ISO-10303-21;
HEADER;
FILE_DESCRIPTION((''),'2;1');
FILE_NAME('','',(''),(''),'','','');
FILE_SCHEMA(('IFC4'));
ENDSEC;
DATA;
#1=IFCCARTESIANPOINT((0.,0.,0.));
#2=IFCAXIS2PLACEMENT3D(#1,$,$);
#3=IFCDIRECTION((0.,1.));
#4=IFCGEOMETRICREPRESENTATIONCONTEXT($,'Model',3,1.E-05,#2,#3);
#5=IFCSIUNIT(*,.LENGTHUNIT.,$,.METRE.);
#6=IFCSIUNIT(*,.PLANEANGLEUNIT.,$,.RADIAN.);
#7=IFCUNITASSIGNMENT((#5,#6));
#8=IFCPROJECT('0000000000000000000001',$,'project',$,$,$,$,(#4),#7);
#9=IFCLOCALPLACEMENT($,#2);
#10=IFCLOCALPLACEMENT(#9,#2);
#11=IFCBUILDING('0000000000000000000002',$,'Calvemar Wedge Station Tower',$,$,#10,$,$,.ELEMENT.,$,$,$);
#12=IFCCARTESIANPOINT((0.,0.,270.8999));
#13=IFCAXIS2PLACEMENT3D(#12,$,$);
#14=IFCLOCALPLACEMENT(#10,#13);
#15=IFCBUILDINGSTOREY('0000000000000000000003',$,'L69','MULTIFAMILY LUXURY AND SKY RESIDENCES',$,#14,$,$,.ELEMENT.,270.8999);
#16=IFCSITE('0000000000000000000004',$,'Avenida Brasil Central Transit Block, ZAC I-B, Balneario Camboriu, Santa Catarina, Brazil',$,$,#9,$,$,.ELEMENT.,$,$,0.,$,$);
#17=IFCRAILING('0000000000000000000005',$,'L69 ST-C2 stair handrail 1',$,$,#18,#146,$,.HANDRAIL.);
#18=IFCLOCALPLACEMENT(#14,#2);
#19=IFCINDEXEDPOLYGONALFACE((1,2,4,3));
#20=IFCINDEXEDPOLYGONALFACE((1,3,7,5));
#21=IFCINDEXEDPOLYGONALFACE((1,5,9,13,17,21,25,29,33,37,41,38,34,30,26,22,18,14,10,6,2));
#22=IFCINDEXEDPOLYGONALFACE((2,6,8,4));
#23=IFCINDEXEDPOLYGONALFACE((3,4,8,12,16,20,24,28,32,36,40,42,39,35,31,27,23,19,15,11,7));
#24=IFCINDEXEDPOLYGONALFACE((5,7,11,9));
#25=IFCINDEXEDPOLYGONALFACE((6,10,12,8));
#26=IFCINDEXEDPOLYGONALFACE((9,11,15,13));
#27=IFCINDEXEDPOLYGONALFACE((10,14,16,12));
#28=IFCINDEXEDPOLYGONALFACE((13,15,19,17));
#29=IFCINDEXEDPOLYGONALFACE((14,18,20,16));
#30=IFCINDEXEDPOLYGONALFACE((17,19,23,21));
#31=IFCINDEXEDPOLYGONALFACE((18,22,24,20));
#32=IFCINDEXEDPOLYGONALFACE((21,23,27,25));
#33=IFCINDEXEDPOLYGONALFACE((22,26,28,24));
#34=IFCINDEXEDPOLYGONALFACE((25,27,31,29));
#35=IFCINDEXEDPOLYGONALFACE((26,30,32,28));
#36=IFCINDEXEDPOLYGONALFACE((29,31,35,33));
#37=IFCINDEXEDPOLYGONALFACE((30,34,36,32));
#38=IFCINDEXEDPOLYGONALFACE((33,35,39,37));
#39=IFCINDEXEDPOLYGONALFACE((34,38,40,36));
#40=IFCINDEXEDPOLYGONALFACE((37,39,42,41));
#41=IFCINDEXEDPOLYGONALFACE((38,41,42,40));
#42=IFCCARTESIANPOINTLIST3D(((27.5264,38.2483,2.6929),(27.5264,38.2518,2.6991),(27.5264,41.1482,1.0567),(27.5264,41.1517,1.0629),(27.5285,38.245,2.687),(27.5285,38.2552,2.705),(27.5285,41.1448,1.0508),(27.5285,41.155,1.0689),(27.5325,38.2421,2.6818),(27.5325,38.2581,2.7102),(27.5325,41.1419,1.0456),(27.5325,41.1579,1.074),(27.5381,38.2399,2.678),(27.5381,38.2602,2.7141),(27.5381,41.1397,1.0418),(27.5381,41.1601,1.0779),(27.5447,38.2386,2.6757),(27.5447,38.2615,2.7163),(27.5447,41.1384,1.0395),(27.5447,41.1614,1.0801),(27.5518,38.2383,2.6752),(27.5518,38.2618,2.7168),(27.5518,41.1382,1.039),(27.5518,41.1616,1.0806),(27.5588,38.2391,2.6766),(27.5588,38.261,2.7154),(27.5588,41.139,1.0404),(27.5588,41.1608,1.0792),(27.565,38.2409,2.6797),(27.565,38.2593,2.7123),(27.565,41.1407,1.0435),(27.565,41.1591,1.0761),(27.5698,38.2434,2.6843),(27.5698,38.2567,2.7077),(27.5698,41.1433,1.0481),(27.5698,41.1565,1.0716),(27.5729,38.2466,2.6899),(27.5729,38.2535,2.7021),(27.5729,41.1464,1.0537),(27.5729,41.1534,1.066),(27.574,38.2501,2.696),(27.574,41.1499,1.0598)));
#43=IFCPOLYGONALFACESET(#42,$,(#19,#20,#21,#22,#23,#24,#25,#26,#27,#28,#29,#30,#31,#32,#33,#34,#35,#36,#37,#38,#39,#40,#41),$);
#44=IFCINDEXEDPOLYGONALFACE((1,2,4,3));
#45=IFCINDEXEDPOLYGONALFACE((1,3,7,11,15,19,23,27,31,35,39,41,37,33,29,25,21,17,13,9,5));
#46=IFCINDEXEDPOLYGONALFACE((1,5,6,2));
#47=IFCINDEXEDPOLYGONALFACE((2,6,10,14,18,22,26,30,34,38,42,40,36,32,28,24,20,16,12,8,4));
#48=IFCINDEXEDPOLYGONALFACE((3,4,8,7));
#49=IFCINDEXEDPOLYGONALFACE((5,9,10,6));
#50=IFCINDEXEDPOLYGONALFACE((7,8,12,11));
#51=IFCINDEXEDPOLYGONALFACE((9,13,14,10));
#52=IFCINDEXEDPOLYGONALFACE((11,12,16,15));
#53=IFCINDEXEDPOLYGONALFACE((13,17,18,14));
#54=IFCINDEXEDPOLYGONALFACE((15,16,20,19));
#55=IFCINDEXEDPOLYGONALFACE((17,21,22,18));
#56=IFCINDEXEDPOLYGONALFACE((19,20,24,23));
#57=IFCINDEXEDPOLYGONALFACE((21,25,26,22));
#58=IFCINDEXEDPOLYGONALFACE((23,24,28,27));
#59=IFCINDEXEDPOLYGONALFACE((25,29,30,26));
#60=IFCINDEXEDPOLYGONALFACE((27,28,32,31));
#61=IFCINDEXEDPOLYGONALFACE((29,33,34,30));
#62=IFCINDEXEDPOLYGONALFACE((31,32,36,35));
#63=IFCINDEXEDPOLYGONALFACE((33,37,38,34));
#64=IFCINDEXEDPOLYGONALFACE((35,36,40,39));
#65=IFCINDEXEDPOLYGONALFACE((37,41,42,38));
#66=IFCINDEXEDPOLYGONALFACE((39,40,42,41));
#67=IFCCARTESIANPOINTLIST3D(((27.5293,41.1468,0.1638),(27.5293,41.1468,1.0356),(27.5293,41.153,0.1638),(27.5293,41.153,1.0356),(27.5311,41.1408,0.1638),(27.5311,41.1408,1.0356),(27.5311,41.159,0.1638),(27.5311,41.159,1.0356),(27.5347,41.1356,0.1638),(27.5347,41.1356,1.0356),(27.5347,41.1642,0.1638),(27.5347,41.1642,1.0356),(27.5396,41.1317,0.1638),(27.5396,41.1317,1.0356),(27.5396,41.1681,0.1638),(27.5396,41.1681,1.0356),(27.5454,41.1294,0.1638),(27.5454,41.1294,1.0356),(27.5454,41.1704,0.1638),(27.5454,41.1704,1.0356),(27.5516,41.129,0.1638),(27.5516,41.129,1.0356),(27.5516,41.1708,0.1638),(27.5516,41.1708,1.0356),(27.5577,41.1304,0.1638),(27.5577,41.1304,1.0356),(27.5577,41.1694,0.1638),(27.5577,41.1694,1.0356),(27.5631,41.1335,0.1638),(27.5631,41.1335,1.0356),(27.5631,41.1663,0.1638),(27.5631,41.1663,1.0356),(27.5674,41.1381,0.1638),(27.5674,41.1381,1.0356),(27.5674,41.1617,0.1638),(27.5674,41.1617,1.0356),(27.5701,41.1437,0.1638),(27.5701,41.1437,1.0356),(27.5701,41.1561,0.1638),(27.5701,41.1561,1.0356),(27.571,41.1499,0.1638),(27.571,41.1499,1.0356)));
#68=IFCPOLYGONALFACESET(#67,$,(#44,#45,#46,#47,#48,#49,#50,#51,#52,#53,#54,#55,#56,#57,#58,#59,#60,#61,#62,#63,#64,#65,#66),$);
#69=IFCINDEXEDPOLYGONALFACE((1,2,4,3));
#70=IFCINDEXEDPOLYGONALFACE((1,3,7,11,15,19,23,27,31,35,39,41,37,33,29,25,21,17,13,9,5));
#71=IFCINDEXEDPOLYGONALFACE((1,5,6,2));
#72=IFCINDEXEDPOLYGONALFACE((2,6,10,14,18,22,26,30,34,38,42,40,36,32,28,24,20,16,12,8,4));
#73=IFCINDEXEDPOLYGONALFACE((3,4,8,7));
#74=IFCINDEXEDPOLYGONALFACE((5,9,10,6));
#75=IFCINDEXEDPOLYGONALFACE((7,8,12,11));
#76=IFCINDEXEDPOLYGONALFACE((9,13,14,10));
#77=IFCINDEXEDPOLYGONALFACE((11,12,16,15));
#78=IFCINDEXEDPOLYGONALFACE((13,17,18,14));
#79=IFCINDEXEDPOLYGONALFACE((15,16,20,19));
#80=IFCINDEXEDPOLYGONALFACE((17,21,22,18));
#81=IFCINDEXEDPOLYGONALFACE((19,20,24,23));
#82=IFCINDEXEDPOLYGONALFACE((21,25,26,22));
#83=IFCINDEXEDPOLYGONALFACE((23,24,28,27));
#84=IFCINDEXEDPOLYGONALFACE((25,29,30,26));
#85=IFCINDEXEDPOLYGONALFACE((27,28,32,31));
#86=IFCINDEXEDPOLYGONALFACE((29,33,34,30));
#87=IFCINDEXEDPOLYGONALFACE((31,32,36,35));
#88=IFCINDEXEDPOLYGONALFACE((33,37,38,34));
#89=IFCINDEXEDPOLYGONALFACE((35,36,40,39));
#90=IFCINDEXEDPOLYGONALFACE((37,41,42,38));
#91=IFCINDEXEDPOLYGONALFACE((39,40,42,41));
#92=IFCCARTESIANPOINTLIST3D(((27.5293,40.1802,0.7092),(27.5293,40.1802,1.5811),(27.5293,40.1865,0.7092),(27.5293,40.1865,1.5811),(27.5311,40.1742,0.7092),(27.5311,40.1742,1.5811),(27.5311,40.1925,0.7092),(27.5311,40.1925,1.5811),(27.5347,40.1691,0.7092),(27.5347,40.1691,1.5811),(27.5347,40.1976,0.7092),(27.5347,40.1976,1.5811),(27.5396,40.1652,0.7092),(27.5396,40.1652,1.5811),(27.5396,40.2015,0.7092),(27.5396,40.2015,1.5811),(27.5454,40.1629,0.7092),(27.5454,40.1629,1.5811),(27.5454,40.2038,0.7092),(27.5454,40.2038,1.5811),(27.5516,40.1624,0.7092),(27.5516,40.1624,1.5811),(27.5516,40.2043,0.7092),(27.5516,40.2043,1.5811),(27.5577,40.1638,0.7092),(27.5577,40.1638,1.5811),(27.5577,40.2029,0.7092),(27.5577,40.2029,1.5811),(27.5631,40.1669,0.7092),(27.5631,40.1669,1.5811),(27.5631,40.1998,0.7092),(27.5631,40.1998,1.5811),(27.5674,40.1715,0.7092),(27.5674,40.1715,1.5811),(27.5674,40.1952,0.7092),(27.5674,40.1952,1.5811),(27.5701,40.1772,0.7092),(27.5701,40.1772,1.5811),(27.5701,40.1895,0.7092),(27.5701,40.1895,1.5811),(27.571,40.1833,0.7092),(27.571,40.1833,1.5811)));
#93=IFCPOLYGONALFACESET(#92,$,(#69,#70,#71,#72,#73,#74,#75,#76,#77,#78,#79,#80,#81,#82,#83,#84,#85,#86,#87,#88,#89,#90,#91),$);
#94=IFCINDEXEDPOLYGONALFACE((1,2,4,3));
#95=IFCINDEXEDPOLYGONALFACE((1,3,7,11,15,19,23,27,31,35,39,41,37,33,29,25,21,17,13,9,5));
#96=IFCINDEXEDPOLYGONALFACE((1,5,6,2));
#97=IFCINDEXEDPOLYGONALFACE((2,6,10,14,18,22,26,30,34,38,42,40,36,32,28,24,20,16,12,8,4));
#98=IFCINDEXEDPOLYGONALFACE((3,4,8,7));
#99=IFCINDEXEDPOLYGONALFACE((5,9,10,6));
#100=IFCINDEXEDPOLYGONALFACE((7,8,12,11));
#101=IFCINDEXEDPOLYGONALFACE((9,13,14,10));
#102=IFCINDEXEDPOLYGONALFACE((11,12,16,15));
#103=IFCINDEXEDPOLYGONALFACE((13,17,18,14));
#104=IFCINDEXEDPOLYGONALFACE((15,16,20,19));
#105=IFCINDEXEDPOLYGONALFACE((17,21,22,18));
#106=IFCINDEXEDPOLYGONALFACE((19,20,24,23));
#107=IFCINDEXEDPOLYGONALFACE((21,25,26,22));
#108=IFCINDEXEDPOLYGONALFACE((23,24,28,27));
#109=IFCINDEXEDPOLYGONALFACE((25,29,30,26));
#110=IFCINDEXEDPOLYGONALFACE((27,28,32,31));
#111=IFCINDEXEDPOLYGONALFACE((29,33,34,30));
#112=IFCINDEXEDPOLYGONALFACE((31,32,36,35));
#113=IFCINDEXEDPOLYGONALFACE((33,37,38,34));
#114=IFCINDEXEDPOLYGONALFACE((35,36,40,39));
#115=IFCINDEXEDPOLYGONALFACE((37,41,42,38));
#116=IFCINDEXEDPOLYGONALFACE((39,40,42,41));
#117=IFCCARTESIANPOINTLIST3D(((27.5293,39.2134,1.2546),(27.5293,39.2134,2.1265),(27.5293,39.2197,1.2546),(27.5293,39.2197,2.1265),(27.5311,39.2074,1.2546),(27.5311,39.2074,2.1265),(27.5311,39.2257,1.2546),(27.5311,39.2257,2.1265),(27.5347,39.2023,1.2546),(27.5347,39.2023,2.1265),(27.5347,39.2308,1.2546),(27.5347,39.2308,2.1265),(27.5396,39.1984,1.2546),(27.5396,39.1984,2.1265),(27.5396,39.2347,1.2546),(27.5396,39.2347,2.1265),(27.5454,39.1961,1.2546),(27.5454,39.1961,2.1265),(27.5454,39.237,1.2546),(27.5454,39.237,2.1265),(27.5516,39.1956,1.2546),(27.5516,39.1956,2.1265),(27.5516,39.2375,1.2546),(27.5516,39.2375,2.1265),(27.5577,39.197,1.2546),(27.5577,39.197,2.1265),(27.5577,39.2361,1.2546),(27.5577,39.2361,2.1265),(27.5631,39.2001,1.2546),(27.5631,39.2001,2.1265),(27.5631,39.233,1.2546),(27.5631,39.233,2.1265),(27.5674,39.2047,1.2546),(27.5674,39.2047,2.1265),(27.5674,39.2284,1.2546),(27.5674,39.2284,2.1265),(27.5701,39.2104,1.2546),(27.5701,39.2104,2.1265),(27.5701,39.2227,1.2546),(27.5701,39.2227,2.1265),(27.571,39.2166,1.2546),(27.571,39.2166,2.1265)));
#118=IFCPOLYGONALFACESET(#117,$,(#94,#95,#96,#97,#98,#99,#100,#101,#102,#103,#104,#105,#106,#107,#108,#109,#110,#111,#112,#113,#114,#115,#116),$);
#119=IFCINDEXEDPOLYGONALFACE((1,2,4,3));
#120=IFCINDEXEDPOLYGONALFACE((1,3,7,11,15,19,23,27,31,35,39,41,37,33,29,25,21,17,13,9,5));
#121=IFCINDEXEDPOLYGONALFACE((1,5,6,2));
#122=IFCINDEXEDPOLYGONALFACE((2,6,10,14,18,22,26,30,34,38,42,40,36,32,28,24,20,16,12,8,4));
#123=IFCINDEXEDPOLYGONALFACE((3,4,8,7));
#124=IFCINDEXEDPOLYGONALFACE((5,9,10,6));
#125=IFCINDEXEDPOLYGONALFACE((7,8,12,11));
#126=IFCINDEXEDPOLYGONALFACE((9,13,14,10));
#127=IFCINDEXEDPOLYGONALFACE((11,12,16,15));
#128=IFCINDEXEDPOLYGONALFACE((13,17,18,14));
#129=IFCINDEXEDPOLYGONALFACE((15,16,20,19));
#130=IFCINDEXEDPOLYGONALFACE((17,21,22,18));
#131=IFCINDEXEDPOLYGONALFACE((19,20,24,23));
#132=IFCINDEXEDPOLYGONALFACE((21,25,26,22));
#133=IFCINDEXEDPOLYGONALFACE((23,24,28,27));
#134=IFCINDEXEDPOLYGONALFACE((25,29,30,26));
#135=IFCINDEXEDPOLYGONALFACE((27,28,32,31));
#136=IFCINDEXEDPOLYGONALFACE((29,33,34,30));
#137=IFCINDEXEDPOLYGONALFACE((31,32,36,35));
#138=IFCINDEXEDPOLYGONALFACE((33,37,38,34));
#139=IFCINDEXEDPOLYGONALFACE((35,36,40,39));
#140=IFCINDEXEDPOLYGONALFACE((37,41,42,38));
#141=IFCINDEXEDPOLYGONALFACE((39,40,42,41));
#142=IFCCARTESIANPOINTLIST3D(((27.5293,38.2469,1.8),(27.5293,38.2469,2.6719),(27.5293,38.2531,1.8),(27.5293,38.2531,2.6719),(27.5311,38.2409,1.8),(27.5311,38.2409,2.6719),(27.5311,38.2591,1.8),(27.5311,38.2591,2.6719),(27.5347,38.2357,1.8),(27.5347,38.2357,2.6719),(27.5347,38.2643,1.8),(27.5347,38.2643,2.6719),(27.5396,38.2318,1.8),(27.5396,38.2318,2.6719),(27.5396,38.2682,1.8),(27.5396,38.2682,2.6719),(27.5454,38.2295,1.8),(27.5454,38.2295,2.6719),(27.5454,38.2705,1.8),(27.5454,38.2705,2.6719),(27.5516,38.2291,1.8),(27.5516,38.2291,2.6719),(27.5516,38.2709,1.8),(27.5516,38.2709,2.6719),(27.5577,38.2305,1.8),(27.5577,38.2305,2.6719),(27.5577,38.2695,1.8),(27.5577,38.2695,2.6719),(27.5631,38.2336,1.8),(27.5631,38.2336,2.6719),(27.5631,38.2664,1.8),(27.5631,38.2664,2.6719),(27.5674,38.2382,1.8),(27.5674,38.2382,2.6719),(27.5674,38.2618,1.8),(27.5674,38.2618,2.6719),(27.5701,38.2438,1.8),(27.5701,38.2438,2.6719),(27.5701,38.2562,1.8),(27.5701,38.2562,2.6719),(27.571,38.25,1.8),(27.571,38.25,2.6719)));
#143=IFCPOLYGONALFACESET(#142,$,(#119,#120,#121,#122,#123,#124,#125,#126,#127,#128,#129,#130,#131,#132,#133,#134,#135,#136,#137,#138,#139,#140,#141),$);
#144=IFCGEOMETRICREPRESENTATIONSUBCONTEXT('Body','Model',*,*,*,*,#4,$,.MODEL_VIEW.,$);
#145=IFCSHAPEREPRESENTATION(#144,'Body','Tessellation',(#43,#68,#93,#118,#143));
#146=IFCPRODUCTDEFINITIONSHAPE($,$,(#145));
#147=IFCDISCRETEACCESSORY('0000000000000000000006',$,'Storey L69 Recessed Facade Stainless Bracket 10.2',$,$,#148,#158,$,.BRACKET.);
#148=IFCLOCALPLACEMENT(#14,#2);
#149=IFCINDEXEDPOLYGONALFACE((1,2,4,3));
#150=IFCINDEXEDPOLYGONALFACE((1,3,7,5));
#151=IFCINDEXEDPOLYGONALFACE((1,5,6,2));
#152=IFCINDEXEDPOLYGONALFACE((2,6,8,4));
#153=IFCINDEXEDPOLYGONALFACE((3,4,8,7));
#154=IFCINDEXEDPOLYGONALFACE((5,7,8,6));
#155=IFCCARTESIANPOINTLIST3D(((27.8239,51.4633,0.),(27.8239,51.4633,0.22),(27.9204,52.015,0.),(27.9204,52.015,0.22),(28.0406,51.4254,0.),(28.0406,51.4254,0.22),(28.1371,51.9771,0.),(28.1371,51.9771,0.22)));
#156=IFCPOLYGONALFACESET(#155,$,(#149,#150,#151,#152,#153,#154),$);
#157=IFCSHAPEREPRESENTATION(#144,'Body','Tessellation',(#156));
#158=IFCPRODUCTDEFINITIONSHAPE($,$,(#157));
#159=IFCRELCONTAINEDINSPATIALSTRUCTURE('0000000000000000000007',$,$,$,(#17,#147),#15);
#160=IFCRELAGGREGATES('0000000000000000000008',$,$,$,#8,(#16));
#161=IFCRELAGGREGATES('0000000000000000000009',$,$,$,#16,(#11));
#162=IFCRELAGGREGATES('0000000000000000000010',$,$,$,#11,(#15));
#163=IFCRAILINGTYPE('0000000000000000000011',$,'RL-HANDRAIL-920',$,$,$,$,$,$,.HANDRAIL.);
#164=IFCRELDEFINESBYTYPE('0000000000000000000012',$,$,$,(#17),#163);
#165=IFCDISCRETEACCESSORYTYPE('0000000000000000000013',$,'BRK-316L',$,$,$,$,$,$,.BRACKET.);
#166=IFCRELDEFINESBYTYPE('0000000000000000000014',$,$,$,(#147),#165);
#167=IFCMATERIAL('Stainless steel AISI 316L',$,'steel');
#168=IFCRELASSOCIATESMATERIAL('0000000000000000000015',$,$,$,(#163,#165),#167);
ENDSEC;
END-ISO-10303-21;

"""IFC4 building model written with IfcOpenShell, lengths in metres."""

from ifc_helpers import new_model, si_unit, direction, frame, origin, origin_2d, place, context, subcontext, project, spatial, rectangle, circle, extrude, source, transform, mapped, material, type_object, element, save


model = new_model("IFC4")

# Units and contexts
model_context = context("Model", 3, precision=1e-05, world=origin(), true_north=direction((0.0, 1.0)))
body_context = subcontext(model_context, "Body", "Model", "MODEL_VIEW")
ifc_project = project(units=[si_unit("LENGTHUNIT", "METRE"), si_unit("PLANEANGLEUNIT", "RADIAN")], contexts=[model_context])

# Site, building, storey
site_placement = place(None, origin())
site = spatial("IfcSite", under=ifc_project, at=site_placement, Name="Avenida Brasil Central Transit Block, ZAC I-B, Balneario Camboriu, Santa Catarina, Brazil", CompositionType="ELEMENT", RefElevation=0.0)
building_placement = place(site_placement, origin())
building = spatial("IfcBuilding", under=site, at=building_placement, Name="Calvemar Wedge Station Tower", CompositionType="ELEMENT")
storey_placement = place(building_placement, frame((0.0, 0.0, 270.8999)))
storey = spatial("IfcBuildingStorey", under=building, at=storey_placement, Name="L69", Description="MULTIFAMILY LUXURY AND SKY RESIDENCES", CompositionType="ELEMENT", Elevation=270.8999)

# Railing
ifc_material_1 = material(Name="Stainless steel AISI 316L", Category="steel")
railing_type = type_object("IfcRailingType", Name="RL-HANDRAIL-920", PredefinedType="HANDRAIL", material=ifc_material_1)
railing_placement = place(storey_placement, frame((27.55, 41.1499, 0.1638)))
element("IfcRailing", 1, at=railing_placement, inside=storey, type_object=railing_type, Name="L69 ST-C2 stair handrail 1", PredefinedType="HANDRAIL", context=body_context, shape_type="SweptSolid", body=[
    extrude(circle(Radius=0.0239, at=origin_2d()), frame((0.0, 0.0, 0.896), z_axis=(0.0, -0.870929, 0.49141), x_axis=(1.0, 0.0, 0.0)), (0.0, 0.0, 1.0), 3.3296),
    extrude(circle(Radius=0.021, at=origin_2d()), origin(), (0.0, 0.0, 1.0), 0.8718),
    extrude(circle(Radius=0.021, at=origin_2d()), frame((0.0, -0.9666, 0.5454)), (0.0, 0.0, 1.0), 0.8718),
    extrude(circle(Radius=0.021, at=origin_2d()), frame((0.0, -1.9333, 1.0908)), (0.0, 0.0, 1.0), 0.8718),
    extrude(circle(Radius=0.021, at=origin_2d()), frame((0.0, -2.8999, 1.6362)), (0.0, 0.0, 1.0), 0.8718),
])

# Discrete accessory
discrete_accessory_type = type_object("IfcDiscreteAccessoryType", Name="BRK-316L", PredefinedType="BRACKET", material=ifc_material_1)
shared_shape_1 = source(origin(), body_context, "Body", "SweptSolid", [
    extrude(rectangle(XDim=0.22, YDim=0.5601, at=origin_2d()), origin(), (0.0, 0.0, 1.0), 0.22),
])
discrete_accessory_placement = place(storey_placement, frame((27.9805, 51.7202, 0.0), z_axis=(0.0, 0.0, 1.0), x_axis=(-0.985049, 0.172273, 0.0)))
element("IfcDiscreteAccessory", 2, at=discrete_accessory_placement, inside=storey, type_object=discrete_accessory_type, Name="Storey L69 Recessed Facade Stainless Bracket 10.2", PredefinedType="BRACKET", context=body_context, shape_type="MappedRepresentation", body=[
    mapped(shared_shape_1, transform((0.0, 0.0, 0.0), scale=1.0)),
])

save(model, "model.ifc")
